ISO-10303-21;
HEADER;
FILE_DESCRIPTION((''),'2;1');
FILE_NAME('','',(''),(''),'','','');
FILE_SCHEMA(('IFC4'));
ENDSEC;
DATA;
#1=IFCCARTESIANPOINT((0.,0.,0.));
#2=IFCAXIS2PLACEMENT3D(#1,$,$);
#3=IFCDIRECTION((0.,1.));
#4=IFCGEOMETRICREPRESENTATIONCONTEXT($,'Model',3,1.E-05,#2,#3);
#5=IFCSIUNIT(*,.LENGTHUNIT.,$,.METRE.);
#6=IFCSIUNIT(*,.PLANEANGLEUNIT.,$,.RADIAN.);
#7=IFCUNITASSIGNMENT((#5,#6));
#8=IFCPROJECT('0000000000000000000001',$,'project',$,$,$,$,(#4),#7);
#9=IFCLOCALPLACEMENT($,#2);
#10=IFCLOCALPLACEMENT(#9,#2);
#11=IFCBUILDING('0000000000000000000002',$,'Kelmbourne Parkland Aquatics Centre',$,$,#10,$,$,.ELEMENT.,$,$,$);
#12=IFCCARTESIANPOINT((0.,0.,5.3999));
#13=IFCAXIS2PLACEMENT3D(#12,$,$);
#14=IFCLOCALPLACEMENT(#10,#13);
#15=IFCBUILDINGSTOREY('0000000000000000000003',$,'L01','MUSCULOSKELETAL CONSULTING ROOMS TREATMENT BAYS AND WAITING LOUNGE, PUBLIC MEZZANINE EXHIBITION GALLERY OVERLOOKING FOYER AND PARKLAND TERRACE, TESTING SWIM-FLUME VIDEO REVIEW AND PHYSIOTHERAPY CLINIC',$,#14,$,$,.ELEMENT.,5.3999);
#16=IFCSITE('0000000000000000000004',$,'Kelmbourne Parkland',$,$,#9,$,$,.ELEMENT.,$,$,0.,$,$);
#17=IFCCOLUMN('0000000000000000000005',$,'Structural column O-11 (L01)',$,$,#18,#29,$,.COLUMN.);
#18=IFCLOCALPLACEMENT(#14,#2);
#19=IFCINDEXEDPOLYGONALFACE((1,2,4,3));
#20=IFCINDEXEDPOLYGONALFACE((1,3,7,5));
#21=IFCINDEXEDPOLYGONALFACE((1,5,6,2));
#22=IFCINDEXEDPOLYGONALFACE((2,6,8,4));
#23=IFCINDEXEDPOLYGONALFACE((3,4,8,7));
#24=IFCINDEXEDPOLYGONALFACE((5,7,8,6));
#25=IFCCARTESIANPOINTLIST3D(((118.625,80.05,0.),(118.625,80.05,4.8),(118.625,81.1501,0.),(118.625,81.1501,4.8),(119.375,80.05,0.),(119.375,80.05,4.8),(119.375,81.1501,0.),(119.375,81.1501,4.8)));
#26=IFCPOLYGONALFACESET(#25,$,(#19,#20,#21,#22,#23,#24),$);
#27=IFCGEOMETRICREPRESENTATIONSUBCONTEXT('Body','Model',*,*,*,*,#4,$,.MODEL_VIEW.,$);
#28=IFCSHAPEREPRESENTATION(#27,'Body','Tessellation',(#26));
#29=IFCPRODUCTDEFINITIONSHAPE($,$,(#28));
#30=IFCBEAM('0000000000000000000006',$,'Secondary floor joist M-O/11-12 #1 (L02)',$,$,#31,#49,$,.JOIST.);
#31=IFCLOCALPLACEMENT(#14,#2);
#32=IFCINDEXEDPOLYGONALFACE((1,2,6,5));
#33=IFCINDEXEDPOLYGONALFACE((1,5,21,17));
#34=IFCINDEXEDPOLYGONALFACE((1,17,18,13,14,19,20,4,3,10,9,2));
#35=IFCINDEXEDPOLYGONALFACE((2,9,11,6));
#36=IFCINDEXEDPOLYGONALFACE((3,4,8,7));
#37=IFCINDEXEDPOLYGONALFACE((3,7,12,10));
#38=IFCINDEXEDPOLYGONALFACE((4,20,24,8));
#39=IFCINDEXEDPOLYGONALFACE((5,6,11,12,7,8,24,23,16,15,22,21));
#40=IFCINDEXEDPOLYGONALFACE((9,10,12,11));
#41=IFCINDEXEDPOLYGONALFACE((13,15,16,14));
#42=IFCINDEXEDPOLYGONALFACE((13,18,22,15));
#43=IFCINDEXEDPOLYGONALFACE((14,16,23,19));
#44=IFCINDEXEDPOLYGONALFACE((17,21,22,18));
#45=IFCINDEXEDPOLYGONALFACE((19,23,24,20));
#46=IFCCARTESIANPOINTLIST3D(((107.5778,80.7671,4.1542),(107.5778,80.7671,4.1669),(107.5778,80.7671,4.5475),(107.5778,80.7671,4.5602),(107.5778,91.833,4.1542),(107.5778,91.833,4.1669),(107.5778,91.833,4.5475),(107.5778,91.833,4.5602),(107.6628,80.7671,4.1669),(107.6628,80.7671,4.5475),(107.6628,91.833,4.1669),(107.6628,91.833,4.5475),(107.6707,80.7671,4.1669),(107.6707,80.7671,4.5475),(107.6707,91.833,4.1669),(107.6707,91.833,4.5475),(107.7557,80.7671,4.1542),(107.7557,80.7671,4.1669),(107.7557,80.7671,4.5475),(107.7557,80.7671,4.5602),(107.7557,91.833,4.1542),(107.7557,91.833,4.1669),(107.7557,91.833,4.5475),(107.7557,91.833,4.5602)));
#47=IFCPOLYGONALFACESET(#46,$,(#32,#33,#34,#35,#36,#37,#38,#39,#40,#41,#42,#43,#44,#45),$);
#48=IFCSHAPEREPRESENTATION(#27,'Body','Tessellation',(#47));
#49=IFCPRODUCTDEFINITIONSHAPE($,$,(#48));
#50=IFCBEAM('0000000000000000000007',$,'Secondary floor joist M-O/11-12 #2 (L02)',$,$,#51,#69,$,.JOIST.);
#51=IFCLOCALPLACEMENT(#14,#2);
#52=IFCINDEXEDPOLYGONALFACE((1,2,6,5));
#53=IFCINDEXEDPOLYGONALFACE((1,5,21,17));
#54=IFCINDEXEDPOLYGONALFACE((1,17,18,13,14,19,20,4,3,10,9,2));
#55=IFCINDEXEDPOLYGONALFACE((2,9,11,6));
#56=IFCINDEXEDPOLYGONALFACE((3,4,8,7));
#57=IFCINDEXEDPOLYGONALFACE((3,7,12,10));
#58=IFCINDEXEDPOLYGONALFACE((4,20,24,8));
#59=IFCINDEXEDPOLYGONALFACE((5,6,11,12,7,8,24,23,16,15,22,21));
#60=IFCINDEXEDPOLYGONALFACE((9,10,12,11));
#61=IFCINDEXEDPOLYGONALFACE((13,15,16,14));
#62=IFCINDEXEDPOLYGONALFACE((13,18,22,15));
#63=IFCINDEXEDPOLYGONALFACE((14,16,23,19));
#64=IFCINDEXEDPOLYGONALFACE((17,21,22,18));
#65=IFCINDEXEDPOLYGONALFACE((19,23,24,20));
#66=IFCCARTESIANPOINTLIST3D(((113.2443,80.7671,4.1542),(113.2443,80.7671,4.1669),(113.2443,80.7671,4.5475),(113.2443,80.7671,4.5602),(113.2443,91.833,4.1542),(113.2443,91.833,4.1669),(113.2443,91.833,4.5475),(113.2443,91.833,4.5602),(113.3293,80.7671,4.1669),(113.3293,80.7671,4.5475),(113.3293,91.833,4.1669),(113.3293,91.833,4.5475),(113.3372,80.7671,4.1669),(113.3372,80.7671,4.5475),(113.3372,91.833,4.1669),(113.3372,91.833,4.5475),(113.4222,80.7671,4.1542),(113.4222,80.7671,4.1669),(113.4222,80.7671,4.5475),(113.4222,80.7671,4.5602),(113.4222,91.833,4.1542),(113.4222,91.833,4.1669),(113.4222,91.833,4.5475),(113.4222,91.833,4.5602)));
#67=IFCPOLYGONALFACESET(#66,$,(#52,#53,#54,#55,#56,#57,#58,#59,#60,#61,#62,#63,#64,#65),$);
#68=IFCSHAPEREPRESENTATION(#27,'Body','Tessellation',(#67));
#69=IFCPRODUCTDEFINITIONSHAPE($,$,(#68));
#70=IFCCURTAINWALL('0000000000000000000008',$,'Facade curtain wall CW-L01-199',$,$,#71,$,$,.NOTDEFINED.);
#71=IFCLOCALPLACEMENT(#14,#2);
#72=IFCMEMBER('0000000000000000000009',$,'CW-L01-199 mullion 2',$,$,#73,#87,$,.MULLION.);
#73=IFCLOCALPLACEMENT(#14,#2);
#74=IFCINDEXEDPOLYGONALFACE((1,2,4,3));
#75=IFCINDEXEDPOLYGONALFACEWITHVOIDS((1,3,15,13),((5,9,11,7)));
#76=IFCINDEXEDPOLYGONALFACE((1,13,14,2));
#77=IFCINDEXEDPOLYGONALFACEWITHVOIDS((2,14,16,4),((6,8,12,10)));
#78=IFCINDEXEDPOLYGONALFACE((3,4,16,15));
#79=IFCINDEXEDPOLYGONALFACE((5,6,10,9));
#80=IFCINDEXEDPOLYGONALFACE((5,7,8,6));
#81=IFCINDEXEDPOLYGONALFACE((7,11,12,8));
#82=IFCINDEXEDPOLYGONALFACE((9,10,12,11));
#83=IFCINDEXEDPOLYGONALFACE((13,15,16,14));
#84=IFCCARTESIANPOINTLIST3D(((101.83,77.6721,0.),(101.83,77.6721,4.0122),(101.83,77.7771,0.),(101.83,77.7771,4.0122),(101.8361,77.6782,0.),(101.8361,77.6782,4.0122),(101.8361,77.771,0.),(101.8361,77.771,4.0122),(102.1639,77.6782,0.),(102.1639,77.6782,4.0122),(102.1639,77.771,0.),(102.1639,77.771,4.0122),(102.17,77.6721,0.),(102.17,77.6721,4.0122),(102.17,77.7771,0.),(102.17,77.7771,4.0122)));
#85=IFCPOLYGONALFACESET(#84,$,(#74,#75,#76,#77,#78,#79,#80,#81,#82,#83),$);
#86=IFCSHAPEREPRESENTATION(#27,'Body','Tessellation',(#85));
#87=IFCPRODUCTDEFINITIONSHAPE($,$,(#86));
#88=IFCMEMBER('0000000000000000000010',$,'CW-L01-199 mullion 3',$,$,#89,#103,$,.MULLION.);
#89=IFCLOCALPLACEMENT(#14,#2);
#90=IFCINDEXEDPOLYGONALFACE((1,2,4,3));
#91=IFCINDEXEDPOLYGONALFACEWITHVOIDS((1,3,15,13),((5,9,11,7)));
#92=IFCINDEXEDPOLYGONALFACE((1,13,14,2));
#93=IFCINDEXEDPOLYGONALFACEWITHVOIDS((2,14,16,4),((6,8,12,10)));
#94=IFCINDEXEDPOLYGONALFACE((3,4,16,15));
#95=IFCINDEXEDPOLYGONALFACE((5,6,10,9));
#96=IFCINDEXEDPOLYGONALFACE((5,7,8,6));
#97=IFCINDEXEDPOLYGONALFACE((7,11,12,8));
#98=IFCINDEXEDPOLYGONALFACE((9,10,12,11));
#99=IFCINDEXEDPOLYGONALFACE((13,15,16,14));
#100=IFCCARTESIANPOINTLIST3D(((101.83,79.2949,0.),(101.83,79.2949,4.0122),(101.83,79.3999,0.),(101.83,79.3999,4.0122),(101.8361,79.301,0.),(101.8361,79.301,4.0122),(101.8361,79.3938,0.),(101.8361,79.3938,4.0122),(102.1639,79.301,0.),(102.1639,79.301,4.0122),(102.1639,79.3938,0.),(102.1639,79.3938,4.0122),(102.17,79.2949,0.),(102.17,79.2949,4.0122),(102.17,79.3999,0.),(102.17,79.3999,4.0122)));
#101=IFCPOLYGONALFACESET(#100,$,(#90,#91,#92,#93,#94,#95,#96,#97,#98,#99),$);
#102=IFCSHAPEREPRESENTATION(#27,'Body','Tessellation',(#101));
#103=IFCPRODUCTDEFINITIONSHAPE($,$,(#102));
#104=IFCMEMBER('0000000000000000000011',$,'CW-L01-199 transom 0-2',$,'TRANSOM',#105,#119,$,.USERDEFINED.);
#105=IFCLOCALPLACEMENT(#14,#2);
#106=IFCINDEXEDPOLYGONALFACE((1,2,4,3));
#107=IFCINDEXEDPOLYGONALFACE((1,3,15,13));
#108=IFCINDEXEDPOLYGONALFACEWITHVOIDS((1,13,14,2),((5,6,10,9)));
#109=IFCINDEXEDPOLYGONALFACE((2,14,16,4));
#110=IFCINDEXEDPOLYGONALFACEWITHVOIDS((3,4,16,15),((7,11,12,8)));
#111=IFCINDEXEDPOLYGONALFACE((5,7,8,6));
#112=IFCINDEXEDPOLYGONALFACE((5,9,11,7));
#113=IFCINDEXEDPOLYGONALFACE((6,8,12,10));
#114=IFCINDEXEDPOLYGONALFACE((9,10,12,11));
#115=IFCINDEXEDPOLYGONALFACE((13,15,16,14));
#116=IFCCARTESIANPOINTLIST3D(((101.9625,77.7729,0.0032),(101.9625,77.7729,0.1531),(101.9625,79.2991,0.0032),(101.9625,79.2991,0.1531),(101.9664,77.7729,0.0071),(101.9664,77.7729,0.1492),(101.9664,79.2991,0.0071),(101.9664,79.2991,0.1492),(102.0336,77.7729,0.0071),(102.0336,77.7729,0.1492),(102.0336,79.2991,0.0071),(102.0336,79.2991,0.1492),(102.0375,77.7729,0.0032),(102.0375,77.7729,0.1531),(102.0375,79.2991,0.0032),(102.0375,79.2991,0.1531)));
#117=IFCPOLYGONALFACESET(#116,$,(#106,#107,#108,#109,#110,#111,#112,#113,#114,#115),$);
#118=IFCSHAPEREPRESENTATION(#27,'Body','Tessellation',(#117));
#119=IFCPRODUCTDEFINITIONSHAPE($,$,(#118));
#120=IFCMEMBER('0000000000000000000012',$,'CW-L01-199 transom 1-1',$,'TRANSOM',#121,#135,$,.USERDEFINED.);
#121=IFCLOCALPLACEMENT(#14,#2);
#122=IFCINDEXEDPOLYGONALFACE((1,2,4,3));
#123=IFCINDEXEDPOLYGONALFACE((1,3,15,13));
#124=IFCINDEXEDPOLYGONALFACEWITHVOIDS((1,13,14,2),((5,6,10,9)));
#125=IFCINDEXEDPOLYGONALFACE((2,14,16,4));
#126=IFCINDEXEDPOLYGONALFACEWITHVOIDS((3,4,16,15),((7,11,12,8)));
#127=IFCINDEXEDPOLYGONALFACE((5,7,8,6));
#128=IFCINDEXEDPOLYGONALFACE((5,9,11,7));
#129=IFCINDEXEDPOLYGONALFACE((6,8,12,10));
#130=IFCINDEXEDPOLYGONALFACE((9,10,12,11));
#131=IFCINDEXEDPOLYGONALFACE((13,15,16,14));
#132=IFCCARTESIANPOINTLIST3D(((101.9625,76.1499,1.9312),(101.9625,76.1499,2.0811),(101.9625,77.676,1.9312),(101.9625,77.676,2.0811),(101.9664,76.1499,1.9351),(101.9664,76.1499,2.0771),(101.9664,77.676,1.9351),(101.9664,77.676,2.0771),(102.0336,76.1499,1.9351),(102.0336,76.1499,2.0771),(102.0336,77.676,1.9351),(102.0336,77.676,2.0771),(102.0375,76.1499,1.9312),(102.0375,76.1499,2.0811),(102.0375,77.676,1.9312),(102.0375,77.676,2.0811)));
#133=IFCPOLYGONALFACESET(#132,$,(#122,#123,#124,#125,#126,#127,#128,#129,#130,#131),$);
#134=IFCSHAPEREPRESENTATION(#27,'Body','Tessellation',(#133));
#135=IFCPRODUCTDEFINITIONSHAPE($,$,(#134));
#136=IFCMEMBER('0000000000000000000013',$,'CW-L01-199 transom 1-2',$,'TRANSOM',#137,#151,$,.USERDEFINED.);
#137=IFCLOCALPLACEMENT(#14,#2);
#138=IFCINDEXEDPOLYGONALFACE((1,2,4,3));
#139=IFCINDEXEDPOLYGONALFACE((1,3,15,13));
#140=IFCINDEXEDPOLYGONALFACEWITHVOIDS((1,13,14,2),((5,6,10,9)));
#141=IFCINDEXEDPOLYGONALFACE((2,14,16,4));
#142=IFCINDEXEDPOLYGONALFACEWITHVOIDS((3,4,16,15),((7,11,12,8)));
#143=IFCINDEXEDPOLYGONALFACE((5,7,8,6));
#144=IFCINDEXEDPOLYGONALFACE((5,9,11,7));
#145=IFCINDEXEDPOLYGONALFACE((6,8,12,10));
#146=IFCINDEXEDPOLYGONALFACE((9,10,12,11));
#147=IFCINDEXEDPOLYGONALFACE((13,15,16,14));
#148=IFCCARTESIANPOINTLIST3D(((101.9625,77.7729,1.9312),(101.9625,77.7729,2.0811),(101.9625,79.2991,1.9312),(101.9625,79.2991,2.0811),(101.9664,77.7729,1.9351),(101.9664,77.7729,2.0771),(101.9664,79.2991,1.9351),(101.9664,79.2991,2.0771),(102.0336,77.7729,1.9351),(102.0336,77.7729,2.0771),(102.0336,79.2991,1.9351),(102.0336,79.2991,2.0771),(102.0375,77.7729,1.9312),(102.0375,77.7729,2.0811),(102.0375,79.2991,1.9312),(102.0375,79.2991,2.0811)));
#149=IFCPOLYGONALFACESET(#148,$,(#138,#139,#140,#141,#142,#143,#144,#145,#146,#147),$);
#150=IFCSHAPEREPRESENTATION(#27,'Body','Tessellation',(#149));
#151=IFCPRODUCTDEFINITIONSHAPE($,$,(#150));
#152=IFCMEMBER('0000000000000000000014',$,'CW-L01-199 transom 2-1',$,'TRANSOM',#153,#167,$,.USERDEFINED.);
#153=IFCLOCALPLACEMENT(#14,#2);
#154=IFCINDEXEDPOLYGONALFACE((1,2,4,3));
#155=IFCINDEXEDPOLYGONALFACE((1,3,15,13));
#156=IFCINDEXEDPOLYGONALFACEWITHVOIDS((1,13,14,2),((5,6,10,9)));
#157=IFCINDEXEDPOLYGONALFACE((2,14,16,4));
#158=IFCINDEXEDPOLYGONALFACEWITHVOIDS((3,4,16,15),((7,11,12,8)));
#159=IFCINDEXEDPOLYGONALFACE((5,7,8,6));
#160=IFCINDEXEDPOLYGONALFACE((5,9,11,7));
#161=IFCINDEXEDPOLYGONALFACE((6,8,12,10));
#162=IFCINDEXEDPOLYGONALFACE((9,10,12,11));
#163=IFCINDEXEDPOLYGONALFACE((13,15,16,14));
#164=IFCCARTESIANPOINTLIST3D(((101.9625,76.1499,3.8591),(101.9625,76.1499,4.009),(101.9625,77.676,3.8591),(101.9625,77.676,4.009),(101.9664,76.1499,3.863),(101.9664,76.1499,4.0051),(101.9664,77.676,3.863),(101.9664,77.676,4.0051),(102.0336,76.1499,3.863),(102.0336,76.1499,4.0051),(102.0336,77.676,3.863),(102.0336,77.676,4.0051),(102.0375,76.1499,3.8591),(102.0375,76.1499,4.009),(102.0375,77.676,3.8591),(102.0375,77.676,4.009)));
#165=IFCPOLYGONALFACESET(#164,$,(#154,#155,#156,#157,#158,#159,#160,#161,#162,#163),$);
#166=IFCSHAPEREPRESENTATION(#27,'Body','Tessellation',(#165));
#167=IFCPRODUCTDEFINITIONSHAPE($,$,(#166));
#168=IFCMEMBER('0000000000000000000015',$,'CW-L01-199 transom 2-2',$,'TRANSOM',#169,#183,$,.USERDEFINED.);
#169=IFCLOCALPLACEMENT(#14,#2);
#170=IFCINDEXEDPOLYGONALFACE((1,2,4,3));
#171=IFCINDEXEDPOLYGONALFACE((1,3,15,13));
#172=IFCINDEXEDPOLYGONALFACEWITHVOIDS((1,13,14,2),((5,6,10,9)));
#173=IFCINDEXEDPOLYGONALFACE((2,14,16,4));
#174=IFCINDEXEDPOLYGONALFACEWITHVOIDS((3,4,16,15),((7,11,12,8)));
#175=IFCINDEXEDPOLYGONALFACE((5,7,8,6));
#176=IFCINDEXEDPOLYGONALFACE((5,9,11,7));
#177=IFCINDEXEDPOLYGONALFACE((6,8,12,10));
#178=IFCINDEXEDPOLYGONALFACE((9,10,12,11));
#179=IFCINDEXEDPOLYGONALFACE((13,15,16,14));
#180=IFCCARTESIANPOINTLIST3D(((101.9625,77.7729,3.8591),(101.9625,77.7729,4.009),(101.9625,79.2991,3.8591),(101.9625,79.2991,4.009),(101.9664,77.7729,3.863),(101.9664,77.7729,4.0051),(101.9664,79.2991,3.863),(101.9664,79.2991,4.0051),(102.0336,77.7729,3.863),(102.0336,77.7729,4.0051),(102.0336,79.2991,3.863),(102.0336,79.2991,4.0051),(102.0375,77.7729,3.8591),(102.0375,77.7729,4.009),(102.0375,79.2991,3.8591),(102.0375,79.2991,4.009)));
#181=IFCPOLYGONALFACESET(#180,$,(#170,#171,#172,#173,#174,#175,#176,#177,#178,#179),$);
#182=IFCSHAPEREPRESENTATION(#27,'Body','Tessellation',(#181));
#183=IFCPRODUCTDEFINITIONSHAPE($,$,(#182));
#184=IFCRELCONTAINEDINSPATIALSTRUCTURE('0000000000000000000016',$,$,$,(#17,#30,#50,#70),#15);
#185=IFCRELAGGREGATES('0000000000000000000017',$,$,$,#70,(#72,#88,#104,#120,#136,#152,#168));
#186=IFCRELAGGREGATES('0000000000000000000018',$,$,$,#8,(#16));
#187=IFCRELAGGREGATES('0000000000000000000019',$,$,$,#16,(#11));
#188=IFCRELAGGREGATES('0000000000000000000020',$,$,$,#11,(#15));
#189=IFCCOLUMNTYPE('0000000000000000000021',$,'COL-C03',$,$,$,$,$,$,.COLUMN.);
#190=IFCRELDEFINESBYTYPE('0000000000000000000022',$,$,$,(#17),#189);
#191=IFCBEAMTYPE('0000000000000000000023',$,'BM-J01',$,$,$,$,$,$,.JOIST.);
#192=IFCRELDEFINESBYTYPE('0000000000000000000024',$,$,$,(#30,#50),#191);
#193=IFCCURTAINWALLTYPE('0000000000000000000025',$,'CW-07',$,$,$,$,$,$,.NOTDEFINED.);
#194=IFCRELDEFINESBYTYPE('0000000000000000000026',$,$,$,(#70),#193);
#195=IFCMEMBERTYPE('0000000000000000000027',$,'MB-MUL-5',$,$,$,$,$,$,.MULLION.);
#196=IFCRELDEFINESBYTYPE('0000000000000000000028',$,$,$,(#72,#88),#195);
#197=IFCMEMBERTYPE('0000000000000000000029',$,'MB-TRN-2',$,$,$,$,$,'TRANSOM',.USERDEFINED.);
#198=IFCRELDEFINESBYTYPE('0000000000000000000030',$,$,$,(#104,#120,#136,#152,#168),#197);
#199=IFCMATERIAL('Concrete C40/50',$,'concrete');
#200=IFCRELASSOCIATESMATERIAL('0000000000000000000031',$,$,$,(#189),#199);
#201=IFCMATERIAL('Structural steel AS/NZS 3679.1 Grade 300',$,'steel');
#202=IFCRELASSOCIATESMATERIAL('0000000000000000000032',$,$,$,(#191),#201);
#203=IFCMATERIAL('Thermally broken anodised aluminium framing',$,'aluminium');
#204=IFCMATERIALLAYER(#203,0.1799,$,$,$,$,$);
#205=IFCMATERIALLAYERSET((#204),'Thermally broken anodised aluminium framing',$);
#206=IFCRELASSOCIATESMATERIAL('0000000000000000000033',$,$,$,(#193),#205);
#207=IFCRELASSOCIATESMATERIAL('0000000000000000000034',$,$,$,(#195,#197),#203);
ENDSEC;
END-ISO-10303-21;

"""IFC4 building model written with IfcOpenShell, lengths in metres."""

from ifc_helpers import new_model, si_unit, direction, frame, origin, origin_2d, place, context, subcontext, project, spatial, rectangle, hollow_rectangle, i_section, extrude, material, layer, layer_set, material_profile, profile_set, type_object, element, aggregate, save


model = new_model("IFC4")

# Units and contexts
model_context = context("Model", 3, precision=1e-05, world=origin(), true_north=direction((0.0, 1.0)))
body_context = subcontext(model_context, "Body", "Model", "MODEL_VIEW")
ifc_project = project(units=[si_unit("LENGTHUNIT", "METRE"), si_unit("PLANEANGLEUNIT", "RADIAN")], contexts=[model_context])

# Site, building, storey
site_placement = place(None, origin())
site = spatial("IfcSite", under=ifc_project, at=site_placement, Name="Kelmbourne Parkland", CompositionType="ELEMENT", RefElevation=0.0)
building_placement = place(site_placement, origin())
building = spatial("IfcBuilding", under=site, at=building_placement, Name="Kelmbourne Parkland Aquatics Centre", CompositionType="ELEMENT")
storey_placement = place(building_placement, frame((0.0, 0.0, 5.3999)))
storey = spatial("IfcBuildingStorey", under=building, at=storey_placement, Name="L01", Description="MUSCULOSKELETAL CONSULTING ROOMS TREATMENT BAYS AND WAITING LOUNGE, PUBLIC MEZZANINE EXHIBITION GALLERY OVERLOOKING FOYER AND PARKLAND TERRACE, TESTING SWIM-FLUME VIDEO REVIEW AND PHYSIOTHERAPY CLINIC", CompositionType="ELEMENT", Elevation=5.3999)

# Column
ifc_material_1 = material(Name="Concrete C40/50", Category="concrete")
ifc_material_profile_1 = material_profile(ifc_material_1, rectangle(XDim=0.75, YDim=1.1001, at=origin_2d()), Name="RC 750x1100")
ifc_profile_set_1 = profile_set([ifc_material_profile_1], Name="Concrete C40/50")
column_type = type_object("IfcColumnType", Name="COL-C03", PredefinedType="COLUMN", material=ifc_profile_set_1)
column_placement = place(storey_placement, frame((119.0, 80.6001, 0.0), z_axis=(0.0, 0.0, 1.0), x_axis=(1.0, 0.0, 0.0)))
element("IfcColumn", 1, at=column_placement, inside=storey, type_object=column_type, Name="Structural column O-11 (L01)", PredefinedType="COLUMN", context=body_context, shape_type="SweptSolid", body=[
    extrude(rectangle(XDim=0.75, YDim=1.1001, at=origin_2d()), origin(), (0.0, 0.0, 1.0), 4.8),
])

# Beams
ifc_material_2 = material(Name="Structural steel AS/NZS 3679.1 Grade 300", Category="steel")
ifc_material_profile_2 = material_profile(ifc_material_2, i_section(OverallWidth=0.178, OverallDepth=0.406, WebThickness=0.0078, FlangeThickness=0.0127, at=origin_2d()), Name="410UB59.7")
ifc_profile_set_2 = profile_set([ifc_material_profile_2], Name="Structural steel AS/NZS 3679.1 Grade 300")
beam_type = type_object("IfcBeamType", Name="BM-J01", PredefinedType="JOIST", material=ifc_profile_set_2)
for number, where, z_axis, x_axis, name in (
    (2, (107.6667, 80.7671, 4.3572), (0.0, 1.0, 0.0), (-1.0, 0.0, 0.0), "Secondary floor joist M-O/11-12 #1 (L02)"),
    (3, (113.3333, 80.7671, 4.3572), (0.0, 1.0, 0.0), (-1.0, 0.0, 0.0), "Secondary floor joist M-O/11-12 #2 (L02)"),
):
    element("IfcBeam", number, at=place(storey_placement, frame(where, z_axis=z_axis, x_axis=x_axis)), inside=storey, type_object=beam_type, Name=name, PredefinedType="JOIST", context=body_context, shape_type="SweptSolid", body=[
        extrude(i_section(OverallWidth=0.178, OverallDepth=0.406, WebThickness=0.0078, FlangeThickness=0.0127, at=origin_2d()), origin(), (0.0, 0.0, 1.0), 11.0659),
    ])

# Curtain wall, members
ifc_material_3 = material(Name="Thermally broken anodised aluminium framing", Category="aluminium")
ifc_layer_1 = layer(ifc_material_3, 0.1799)
ifc_layer_set_1 = layer_set([ifc_layer_1], Name="Thermally broken anodised aluminium framing")
curtain_wall_type = type_object("IfcCurtainWallType", Name="CW-07", PredefinedType="NOTDEFINED", material=ifc_layer_set_1)
curtain_wall_placement = place(storey_placement, origin())
curtain_wall = element("IfcCurtainWall", 4, at=curtain_wall_placement, inside=storey, type_object=curtain_wall_type, Name="Facade curtain wall CW-L01-199", PredefinedType="NOTDEFINED")
ifc_material_profile_3 = material_profile(ifc_material_3, hollow_rectangle(XDim=0.105, YDim=0.3401, WallThickness=0.0061, at=origin_2d()), Name="CW-M 105x340")
ifc_profile_set_3 = profile_set([ifc_material_profile_3], Name="Thermally broken anodised aluminium framing")
member_type_1 = type_object("IfcMemberType", Name="MB-MUL-5", PredefinedType="MULLION", material=ifc_profile_set_3)
member_1_placement = place(storey_placement, frame((102.0, 77.7246, 0.0), z_axis=(0.0, 0.0, 1.0), x_axis=(0.0, 1.0, 0.0)))
member_1 = element("IfcMember", 5, at=member_1_placement, type_object=member_type_1, Name="CW-L01-199 mullion 2", PredefinedType="MULLION", context=body_context, shape_type="SweptSolid", body=[
    extrude(hollow_rectangle(XDim=0.105, YDim=0.3401, WallThickness=0.0061, at=origin_2d()), origin(), (0.0, 0.0, 1.0), 4.0122),
])
member_2_placement = place(storey_placement, frame((102.0, 79.3474, 0.0), z_axis=(0.0, 0.0, 1.0), x_axis=(0.0, 1.0, 0.0)))
member_2 = element("IfcMember", 6, at=member_2_placement, type_object=member_type_1, Name="CW-L01-199 mullion 3", PredefinedType="MULLION", context=body_context, shape_type="SweptSolid", body=[
    extrude(hollow_rectangle(XDim=0.105, YDim=0.3401, WallThickness=0.0061, at=origin_2d()), origin(), (0.0, 0.0, 1.0), 4.0122),
])
ifc_material_profile_4 = material_profile(ifc_material_3, hollow_rectangle(XDim=0.075, YDim=0.1499, WallThickness=0.0039, at=origin_2d()), Name="CW-T 75x150")
ifc_profile_set_4 = profile_set([ifc_material_profile_4], Name="Thermally broken anodised aluminium framing")
member_type_2 = type_object("IfcMemberType", Name="MB-TRN-2", ElementType="TRANSOM", PredefinedType="USERDEFINED", material=ifc_profile_set_4)
member_3_placement = place(storey_placement, frame((102.0, 77.7729, 0.0781), z_axis=(0.0, 1.0, 0.0), x_axis=(-1.0, 0.0, 0.0)))
member_3 = element("IfcMember", 7, at=member_3_placement, type_object=member_type_2, Name="CW-L01-199 transom 0-2", ObjectType="TRANSOM", PredefinedType="USERDEFINED", context=body_context, shape_type="SweptSolid", body=[
    extrude(hollow_rectangle(XDim=0.075, YDim=0.1499, WallThickness=0.0039, at=origin_2d()), origin(), (0.0, 0.0, 1.0), 1.5261),
])
member_4_placement = place(storey_placement, frame((102.0, 76.1499, 2.0061), z_axis=(0.0, 1.0, 0.0), x_axis=(-1.0, 0.0, 0.0)))
member_4 = element("IfcMember", 8, at=member_4_placement, type_object=member_type_2, Name="CW-L01-199 transom 1-1", ObjectType="TRANSOM", PredefinedType="USERDEFINED", context=body_context, shape_type="SweptSolid", body=[
    extrude(hollow_rectangle(XDim=0.075, YDim=0.1499, WallThickness=0.0039, at=origin_2d()), origin(), (0.0, 0.0, 1.0), 1.5261),
])
member_5_placement = place(storey_placement, frame((102.0, 77.7729, 2.0061), z_axis=(0.0, 1.0, 0.0), x_axis=(-1.0, 0.0, 0.0)))
member_5 = element("IfcMember", 9, at=member_5_placement, type_object=member_type_2, Name="CW-L01-199 transom 1-2", ObjectType="TRANSOM", PredefinedType="USERDEFINED", context=body_context, shape_type="SweptSolid", body=[
    extrude(hollow_rectangle(XDim=0.075, YDim=0.1499, WallThickness=0.0039, at=origin_2d()), origin(), (0.0, 0.0, 1.0), 1.5261),
])
member_6_placement = place(storey_placement, frame((102.0, 76.1499, 3.9341), z_axis=(0.0, 1.0, 0.0), x_axis=(-1.0, 0.0, 0.0)))
member_6 = element("IfcMember", 10, at=member_6_placement, type_object=member_type_2, Name="CW-L01-199 transom 2-1", ObjectType="TRANSOM", PredefinedType="USERDEFINED", context=body_context, shape_type="SweptSolid", body=[
    extrude(hollow_rectangle(XDim=0.075, YDim=0.1499, WallThickness=0.0039, at=origin_2d()), origin(), (0.0, 0.0, 1.0), 1.5261),
])
member_7_placement = place(storey_placement, frame((102.0, 77.7729, 3.9341), z_axis=(0.0, 1.0, 0.0), x_axis=(-1.0, 0.0, 0.0)))
member_7 = element("IfcMember", 11, at=member_7_placement, type_object=member_type_2, Name="CW-L01-199 transom 2-2", ObjectType="TRANSOM", PredefinedType="USERDEFINED", context=body_context, shape_type="SweptSolid", body=[
    extrude(hollow_rectangle(XDim=0.075, YDim=0.1499, WallThickness=0.0039, at=origin_2d()), origin(), (0.0, 0.0, 1.0), 1.5261),
])
aggregate(curtain_wall, [member_1, member_2, member_3, member_4, member_5, member_6, member_7])

save(model, "model.ifc")
